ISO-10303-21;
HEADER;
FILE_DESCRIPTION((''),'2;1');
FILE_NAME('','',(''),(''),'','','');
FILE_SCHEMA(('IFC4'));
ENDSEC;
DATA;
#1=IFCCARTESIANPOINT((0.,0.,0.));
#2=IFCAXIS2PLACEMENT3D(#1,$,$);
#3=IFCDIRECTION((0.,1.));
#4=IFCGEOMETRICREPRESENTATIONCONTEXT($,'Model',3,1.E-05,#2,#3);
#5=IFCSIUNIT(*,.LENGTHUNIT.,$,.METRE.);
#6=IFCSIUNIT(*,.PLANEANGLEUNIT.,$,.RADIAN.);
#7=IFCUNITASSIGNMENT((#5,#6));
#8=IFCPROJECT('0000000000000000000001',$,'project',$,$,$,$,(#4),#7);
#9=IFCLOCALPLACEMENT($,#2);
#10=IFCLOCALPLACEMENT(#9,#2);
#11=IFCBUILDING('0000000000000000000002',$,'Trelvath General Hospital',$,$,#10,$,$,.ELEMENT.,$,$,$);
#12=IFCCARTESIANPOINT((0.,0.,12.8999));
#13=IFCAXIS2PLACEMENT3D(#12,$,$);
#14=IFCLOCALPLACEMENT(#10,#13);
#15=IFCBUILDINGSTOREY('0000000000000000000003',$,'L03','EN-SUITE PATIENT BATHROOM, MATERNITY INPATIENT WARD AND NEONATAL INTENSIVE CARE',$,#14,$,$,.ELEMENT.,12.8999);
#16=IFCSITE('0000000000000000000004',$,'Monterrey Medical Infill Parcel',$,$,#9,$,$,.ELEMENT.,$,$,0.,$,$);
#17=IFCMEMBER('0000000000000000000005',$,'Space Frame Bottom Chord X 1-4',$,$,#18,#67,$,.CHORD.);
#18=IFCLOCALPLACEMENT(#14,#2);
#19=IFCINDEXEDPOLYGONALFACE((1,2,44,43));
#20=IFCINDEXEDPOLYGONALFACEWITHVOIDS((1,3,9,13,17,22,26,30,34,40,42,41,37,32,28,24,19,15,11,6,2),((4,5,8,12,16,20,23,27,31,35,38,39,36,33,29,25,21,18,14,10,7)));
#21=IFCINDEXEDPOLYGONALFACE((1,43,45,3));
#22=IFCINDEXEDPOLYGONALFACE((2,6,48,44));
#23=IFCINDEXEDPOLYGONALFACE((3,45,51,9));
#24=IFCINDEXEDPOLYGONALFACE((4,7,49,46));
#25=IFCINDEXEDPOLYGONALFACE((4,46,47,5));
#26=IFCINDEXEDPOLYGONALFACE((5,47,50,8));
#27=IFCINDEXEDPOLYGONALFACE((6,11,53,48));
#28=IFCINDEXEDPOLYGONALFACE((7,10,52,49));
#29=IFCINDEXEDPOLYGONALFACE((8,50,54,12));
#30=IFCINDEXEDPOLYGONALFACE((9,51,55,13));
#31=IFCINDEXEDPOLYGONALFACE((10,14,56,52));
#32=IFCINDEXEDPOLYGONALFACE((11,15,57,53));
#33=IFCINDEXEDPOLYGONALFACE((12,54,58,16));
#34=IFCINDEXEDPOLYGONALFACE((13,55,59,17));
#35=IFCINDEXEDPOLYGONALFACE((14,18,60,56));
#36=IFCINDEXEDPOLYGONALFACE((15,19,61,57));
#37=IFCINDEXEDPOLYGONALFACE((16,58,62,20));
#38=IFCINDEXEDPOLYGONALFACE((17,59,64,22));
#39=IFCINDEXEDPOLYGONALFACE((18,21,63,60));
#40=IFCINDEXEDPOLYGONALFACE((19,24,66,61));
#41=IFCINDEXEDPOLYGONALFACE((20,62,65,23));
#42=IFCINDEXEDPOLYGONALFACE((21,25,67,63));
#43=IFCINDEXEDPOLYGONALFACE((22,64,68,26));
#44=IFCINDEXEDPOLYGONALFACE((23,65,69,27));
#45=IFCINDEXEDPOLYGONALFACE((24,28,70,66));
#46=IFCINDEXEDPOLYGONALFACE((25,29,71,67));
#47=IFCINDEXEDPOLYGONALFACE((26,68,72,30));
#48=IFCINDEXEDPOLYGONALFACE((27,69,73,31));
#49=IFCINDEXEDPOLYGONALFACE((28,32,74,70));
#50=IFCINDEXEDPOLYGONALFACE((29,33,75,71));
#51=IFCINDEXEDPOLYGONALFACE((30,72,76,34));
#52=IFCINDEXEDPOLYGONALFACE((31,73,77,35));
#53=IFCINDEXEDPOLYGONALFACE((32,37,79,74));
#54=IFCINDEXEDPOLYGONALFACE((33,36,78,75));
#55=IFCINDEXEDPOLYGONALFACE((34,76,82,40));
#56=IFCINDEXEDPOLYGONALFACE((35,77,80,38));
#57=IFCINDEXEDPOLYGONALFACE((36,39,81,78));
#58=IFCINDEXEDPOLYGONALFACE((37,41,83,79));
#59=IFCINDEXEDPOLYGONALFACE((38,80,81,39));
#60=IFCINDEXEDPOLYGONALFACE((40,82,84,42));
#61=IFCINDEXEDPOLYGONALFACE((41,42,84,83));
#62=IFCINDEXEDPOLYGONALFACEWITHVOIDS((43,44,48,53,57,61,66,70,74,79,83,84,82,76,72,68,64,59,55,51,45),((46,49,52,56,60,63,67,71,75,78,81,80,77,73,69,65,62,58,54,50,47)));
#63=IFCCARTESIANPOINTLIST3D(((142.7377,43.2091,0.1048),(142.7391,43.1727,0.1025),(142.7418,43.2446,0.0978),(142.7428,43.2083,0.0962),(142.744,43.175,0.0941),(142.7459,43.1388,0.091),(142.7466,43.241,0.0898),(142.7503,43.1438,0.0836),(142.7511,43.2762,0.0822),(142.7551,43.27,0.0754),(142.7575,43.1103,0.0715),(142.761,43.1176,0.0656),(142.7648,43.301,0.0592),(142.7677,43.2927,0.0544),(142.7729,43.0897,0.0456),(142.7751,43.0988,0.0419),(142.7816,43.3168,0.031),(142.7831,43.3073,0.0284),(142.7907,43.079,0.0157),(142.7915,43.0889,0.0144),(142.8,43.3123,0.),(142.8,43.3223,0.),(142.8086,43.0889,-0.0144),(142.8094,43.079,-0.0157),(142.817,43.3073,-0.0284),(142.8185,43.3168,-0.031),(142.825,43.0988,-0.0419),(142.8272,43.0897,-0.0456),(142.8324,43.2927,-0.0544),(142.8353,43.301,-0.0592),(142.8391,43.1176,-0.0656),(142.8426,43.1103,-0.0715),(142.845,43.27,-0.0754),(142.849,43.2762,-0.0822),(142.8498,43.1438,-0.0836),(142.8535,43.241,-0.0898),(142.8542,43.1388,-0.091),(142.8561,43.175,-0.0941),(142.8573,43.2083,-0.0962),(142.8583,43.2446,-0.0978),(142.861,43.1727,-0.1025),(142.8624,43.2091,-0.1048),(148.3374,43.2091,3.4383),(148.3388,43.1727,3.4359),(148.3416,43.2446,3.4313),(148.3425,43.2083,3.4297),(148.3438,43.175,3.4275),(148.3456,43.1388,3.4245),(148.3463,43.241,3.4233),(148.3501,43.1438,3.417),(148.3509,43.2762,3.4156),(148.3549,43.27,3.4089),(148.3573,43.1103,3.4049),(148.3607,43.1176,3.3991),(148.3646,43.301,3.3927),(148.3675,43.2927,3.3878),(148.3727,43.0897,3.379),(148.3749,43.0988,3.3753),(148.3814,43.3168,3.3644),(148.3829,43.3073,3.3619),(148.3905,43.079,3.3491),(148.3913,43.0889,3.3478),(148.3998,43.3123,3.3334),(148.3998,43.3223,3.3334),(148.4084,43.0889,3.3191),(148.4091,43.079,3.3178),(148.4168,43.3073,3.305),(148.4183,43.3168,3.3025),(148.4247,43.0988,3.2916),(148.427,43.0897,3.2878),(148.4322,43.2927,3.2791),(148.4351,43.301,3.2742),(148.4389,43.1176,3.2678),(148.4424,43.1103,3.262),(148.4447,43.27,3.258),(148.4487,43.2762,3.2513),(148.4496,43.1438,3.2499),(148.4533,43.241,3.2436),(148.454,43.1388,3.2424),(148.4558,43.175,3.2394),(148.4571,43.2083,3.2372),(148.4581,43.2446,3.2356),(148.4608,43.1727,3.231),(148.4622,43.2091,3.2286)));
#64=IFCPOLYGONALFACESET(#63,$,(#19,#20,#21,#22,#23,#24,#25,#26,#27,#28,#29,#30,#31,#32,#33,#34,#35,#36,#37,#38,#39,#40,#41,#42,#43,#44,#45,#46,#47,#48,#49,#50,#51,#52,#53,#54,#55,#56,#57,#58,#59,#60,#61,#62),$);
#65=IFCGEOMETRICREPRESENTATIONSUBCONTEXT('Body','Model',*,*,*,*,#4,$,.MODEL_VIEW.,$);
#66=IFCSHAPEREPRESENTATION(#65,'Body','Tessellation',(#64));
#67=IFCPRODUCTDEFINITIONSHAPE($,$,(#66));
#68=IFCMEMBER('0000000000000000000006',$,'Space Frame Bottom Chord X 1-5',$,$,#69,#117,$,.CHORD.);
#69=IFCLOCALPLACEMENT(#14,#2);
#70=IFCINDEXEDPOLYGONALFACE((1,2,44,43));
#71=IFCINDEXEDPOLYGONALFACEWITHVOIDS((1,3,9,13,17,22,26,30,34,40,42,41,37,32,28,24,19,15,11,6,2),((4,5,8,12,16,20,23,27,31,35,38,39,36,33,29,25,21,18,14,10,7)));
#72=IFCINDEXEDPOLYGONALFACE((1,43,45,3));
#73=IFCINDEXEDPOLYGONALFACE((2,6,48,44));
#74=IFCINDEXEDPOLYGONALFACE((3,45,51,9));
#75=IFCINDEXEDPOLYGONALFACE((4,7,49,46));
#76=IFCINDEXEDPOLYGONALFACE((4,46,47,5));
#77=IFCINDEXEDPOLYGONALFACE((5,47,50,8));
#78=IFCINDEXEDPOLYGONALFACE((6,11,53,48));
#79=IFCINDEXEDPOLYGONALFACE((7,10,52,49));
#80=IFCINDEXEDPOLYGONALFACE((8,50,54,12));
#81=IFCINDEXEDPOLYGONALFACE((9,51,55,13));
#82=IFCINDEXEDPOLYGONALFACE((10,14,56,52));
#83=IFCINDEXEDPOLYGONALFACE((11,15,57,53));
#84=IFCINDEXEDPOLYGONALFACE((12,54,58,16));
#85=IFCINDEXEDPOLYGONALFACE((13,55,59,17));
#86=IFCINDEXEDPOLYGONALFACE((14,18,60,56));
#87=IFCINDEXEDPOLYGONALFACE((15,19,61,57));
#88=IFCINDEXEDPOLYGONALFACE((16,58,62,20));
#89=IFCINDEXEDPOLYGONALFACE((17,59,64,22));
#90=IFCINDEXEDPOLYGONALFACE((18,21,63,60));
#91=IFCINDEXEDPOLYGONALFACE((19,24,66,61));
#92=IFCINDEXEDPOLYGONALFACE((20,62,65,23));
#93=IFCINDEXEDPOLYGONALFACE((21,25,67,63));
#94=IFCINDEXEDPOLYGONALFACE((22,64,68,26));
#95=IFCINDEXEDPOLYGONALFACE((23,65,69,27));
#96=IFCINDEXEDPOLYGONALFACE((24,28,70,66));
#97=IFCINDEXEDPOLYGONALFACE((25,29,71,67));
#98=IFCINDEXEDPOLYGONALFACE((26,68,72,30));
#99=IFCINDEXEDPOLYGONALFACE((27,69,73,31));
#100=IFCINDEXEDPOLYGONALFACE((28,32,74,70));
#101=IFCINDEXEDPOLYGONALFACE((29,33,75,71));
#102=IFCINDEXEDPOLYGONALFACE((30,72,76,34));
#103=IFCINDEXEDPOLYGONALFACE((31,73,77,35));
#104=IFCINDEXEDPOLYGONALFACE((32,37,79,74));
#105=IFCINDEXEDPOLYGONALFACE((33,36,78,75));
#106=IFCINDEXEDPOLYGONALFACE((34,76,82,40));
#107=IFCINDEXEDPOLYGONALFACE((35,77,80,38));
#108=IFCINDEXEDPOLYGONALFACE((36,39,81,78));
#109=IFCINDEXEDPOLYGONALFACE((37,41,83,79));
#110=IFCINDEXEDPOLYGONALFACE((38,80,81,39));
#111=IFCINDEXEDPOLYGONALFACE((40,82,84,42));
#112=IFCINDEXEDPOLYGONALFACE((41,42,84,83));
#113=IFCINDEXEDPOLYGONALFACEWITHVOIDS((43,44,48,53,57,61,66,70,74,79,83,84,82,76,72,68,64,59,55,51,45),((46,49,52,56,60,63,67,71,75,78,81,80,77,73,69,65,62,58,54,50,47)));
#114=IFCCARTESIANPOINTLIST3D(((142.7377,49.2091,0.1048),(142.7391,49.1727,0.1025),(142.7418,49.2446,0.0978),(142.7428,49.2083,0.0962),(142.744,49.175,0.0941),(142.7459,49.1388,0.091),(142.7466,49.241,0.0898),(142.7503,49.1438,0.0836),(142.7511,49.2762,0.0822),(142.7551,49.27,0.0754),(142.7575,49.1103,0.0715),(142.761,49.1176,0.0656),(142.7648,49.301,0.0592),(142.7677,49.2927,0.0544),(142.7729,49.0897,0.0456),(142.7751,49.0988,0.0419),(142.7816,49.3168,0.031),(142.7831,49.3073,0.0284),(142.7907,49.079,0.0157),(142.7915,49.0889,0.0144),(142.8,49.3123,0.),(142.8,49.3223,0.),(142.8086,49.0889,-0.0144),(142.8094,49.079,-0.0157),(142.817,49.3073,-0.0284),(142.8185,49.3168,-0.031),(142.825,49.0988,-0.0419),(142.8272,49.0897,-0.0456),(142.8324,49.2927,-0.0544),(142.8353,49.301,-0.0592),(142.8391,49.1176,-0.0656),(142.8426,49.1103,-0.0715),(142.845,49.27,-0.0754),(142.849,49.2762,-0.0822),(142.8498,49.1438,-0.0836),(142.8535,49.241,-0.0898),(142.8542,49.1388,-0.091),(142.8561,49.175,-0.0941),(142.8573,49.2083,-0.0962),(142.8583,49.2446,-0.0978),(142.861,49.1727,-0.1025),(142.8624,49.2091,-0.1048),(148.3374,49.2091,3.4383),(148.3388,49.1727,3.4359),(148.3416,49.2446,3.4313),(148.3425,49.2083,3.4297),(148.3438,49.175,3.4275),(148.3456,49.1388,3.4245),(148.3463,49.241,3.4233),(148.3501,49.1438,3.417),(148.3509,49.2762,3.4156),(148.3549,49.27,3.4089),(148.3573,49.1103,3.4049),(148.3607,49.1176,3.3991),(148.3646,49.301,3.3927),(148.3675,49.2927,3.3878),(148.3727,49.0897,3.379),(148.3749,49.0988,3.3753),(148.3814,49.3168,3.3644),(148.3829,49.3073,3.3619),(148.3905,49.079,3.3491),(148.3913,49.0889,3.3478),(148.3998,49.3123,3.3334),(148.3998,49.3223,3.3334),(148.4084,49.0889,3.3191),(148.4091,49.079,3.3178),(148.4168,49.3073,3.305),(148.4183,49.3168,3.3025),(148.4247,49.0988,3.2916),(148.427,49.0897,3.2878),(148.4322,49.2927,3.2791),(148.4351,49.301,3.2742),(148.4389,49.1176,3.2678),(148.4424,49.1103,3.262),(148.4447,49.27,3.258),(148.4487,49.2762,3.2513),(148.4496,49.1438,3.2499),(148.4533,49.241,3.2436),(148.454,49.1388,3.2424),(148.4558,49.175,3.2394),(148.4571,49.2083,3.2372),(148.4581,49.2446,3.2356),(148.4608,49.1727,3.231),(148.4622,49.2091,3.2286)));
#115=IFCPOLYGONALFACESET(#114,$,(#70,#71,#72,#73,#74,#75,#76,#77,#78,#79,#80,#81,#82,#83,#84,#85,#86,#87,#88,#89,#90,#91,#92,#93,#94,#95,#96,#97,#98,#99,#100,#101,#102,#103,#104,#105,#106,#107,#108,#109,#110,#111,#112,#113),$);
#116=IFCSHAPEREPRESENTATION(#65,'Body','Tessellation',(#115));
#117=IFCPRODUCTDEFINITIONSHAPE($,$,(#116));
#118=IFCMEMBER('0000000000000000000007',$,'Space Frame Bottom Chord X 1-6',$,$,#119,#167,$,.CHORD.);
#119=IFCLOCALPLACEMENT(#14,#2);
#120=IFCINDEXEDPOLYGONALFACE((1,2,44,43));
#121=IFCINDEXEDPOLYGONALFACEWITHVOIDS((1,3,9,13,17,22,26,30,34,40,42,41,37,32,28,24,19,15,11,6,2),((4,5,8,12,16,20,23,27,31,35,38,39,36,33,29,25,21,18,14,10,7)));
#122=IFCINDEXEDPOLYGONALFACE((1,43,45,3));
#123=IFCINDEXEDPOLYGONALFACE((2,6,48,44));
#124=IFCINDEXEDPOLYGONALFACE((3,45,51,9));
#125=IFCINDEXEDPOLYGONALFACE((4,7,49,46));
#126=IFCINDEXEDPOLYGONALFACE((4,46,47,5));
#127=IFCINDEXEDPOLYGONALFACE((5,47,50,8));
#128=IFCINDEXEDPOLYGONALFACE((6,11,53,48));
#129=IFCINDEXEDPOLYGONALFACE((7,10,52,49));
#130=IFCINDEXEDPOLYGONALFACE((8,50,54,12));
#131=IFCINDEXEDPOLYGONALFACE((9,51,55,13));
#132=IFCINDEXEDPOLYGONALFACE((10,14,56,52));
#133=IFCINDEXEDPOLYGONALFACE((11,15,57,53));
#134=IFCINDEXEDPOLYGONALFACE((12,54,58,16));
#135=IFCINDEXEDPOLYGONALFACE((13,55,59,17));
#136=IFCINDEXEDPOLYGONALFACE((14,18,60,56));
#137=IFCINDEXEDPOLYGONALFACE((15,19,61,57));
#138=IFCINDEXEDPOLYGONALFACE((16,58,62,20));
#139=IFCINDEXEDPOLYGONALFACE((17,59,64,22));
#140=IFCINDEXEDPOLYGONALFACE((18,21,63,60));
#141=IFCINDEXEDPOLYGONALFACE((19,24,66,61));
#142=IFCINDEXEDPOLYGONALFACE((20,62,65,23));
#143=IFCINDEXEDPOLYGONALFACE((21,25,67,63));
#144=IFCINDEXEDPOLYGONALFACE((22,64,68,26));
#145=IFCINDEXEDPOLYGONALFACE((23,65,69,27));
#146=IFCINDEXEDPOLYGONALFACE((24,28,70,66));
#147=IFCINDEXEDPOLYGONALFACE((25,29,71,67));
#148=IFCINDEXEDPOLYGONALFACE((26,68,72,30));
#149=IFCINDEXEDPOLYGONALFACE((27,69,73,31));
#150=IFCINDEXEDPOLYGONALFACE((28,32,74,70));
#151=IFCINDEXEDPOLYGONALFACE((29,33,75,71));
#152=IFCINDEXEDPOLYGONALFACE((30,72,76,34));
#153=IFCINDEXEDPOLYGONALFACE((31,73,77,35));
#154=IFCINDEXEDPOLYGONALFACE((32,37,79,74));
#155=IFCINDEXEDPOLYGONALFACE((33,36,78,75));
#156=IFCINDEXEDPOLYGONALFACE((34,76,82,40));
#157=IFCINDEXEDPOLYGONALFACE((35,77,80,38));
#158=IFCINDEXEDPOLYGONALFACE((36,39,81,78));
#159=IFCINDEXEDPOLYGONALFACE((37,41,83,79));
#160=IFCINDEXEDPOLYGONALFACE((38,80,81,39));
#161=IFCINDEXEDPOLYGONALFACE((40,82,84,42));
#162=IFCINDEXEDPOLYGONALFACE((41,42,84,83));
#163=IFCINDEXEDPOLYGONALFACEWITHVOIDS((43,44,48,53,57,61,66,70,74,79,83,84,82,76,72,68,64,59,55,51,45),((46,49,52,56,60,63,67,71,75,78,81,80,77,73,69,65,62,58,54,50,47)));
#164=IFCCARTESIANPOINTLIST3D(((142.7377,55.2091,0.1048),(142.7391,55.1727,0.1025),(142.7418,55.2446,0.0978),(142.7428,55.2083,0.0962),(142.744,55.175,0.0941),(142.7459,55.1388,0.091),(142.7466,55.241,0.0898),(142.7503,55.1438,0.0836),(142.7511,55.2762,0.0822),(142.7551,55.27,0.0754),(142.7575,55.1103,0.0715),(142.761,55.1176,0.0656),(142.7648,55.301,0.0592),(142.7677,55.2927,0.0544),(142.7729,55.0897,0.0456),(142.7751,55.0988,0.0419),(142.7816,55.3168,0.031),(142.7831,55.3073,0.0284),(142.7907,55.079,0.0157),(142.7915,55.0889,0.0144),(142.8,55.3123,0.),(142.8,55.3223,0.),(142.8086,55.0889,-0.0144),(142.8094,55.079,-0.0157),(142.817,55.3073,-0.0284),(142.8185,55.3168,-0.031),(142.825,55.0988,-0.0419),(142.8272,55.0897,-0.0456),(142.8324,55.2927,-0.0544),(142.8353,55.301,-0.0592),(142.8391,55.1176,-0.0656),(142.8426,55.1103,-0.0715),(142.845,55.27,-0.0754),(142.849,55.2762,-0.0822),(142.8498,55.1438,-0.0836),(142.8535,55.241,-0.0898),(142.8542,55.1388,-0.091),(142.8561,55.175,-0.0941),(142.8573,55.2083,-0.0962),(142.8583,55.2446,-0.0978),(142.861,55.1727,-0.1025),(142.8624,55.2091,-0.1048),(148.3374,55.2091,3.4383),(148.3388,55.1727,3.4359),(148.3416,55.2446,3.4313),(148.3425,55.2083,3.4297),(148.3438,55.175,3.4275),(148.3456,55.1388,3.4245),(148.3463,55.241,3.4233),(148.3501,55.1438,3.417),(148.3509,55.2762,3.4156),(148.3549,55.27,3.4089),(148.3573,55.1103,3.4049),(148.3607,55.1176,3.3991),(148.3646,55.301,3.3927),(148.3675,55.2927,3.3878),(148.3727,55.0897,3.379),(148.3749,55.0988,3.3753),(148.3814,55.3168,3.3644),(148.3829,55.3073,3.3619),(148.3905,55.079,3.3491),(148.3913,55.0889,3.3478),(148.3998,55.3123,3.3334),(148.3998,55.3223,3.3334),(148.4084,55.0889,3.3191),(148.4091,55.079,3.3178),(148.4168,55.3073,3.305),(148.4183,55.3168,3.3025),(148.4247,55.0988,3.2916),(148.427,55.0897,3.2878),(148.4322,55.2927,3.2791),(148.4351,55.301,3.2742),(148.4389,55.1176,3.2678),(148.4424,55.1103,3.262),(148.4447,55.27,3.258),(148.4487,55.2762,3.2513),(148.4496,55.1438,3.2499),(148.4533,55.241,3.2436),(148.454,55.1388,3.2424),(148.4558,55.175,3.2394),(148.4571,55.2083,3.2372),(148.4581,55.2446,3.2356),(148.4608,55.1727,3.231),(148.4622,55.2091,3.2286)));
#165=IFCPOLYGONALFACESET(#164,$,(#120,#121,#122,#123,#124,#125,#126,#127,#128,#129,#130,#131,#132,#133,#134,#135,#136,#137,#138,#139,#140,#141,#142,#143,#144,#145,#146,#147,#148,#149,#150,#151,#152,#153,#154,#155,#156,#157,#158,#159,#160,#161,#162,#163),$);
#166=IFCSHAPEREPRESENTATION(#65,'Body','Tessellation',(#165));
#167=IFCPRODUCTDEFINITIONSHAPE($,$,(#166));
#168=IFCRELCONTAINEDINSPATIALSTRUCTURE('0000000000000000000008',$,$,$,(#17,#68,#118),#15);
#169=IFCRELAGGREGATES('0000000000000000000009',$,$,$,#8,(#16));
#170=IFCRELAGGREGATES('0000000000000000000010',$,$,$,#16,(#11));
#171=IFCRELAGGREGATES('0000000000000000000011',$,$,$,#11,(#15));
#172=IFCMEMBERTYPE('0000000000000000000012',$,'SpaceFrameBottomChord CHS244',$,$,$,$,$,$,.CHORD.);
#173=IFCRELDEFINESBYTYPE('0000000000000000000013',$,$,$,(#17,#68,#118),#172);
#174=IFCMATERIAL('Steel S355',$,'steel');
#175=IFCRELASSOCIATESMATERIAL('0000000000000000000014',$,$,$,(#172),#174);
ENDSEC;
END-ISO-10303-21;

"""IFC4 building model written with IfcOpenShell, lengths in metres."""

from ifc_helpers import new_model, si_unit, direction, frame, origin, origin_2d, place, context, subcontext, project, spatial, hollow_circle, extrude, material, material_profile, profile_set, type_object, element, save


model = new_model("IFC4")

# Units and contexts
model_context = context("Model", 3, precision=1e-05, world=origin(), true_north=direction((0.0, 1.0)))
body_context = subcontext(model_context, "Body", "Model", "MODEL_VIEW")
ifc_project = project(units=[si_unit("LENGTHUNIT", "METRE"), si_unit("PLANEANGLEUNIT", "RADIAN")], contexts=[model_context])

# Site, building, storey
site_placement = place(None, origin())
site = spatial("IfcSite", under=ifc_project, at=site_placement, Name="Monterrey Medical Infill Parcel", CompositionType="ELEMENT", RefElevation=0.0)
building_placement = place(site_placement, origin())
building = spatial("IfcBuilding", under=site, at=building_placement, Name="Trelvath General Hospital", CompositionType="ELEMENT")
storey_placement = place(building_placement, frame((0.0, 0.0, 12.8999)))
storey = spatial("IfcBuildingStorey", under=building, at=storey_placement, Name="L03", Description="EN-SUITE PATIENT BATHROOM, MATERNITY INPATIENT WARD AND NEONATAL INTENSIVE CARE", CompositionType="ELEMENT", Elevation=12.8999)

# Members
ifc_material_1 = material(Name="Steel S355", Category="steel")
ifc_material_profile_1 = material_profile(ifc_material_1, hollow_circle(Radius=0.1223, WallThickness=0.01, at=origin_2d()), Name="CHS244.5x10.0")
ifc_profile_set_1 = profile_set([ifc_material_profile_1], Name="Steel S355")
member_type_1 = type_object("IfcMemberType", Name="SpaceFrameBottomChord CHS244", PredefinedType="CHORD", material=ifc_profile_set_1)
for number, where, z_axis, x_axis, name in (
    (1, (142.8, 43.2, 0.0), (0.859276, 0.0, 0.511512), (0.0, 1.0, 0.0), "Space Frame Bottom Chord X 1-4"),
    (2, (142.8, 49.2, 0.0), (0.859276, 0.0, 0.511512), (0.0, 1.0, 0.0), "Space Frame Bottom Chord X 1-5"),
    (3, (142.8, 55.2, 0.0), (0.859276, 0.0, 0.511512), (0.0, 1.0, 0.0), "Space Frame Bottom Chord X 1-6"),
):
    element("IfcMember", number, at=place(storey_placement, frame(where, z_axis=z_axis, x_axis=x_axis)), inside=storey, type_object=member_type_1, Name=name, PredefinedType="CHORD", context=body_context, shape_type="SweptSolid", body=[
        extrude(hollow_circle(Radius=0.1223, WallThickness=0.01, at=origin_2d()), origin(), (0.0, 0.0, 1.0), 6.5168),
    ])

save(model, "model.ifc")
